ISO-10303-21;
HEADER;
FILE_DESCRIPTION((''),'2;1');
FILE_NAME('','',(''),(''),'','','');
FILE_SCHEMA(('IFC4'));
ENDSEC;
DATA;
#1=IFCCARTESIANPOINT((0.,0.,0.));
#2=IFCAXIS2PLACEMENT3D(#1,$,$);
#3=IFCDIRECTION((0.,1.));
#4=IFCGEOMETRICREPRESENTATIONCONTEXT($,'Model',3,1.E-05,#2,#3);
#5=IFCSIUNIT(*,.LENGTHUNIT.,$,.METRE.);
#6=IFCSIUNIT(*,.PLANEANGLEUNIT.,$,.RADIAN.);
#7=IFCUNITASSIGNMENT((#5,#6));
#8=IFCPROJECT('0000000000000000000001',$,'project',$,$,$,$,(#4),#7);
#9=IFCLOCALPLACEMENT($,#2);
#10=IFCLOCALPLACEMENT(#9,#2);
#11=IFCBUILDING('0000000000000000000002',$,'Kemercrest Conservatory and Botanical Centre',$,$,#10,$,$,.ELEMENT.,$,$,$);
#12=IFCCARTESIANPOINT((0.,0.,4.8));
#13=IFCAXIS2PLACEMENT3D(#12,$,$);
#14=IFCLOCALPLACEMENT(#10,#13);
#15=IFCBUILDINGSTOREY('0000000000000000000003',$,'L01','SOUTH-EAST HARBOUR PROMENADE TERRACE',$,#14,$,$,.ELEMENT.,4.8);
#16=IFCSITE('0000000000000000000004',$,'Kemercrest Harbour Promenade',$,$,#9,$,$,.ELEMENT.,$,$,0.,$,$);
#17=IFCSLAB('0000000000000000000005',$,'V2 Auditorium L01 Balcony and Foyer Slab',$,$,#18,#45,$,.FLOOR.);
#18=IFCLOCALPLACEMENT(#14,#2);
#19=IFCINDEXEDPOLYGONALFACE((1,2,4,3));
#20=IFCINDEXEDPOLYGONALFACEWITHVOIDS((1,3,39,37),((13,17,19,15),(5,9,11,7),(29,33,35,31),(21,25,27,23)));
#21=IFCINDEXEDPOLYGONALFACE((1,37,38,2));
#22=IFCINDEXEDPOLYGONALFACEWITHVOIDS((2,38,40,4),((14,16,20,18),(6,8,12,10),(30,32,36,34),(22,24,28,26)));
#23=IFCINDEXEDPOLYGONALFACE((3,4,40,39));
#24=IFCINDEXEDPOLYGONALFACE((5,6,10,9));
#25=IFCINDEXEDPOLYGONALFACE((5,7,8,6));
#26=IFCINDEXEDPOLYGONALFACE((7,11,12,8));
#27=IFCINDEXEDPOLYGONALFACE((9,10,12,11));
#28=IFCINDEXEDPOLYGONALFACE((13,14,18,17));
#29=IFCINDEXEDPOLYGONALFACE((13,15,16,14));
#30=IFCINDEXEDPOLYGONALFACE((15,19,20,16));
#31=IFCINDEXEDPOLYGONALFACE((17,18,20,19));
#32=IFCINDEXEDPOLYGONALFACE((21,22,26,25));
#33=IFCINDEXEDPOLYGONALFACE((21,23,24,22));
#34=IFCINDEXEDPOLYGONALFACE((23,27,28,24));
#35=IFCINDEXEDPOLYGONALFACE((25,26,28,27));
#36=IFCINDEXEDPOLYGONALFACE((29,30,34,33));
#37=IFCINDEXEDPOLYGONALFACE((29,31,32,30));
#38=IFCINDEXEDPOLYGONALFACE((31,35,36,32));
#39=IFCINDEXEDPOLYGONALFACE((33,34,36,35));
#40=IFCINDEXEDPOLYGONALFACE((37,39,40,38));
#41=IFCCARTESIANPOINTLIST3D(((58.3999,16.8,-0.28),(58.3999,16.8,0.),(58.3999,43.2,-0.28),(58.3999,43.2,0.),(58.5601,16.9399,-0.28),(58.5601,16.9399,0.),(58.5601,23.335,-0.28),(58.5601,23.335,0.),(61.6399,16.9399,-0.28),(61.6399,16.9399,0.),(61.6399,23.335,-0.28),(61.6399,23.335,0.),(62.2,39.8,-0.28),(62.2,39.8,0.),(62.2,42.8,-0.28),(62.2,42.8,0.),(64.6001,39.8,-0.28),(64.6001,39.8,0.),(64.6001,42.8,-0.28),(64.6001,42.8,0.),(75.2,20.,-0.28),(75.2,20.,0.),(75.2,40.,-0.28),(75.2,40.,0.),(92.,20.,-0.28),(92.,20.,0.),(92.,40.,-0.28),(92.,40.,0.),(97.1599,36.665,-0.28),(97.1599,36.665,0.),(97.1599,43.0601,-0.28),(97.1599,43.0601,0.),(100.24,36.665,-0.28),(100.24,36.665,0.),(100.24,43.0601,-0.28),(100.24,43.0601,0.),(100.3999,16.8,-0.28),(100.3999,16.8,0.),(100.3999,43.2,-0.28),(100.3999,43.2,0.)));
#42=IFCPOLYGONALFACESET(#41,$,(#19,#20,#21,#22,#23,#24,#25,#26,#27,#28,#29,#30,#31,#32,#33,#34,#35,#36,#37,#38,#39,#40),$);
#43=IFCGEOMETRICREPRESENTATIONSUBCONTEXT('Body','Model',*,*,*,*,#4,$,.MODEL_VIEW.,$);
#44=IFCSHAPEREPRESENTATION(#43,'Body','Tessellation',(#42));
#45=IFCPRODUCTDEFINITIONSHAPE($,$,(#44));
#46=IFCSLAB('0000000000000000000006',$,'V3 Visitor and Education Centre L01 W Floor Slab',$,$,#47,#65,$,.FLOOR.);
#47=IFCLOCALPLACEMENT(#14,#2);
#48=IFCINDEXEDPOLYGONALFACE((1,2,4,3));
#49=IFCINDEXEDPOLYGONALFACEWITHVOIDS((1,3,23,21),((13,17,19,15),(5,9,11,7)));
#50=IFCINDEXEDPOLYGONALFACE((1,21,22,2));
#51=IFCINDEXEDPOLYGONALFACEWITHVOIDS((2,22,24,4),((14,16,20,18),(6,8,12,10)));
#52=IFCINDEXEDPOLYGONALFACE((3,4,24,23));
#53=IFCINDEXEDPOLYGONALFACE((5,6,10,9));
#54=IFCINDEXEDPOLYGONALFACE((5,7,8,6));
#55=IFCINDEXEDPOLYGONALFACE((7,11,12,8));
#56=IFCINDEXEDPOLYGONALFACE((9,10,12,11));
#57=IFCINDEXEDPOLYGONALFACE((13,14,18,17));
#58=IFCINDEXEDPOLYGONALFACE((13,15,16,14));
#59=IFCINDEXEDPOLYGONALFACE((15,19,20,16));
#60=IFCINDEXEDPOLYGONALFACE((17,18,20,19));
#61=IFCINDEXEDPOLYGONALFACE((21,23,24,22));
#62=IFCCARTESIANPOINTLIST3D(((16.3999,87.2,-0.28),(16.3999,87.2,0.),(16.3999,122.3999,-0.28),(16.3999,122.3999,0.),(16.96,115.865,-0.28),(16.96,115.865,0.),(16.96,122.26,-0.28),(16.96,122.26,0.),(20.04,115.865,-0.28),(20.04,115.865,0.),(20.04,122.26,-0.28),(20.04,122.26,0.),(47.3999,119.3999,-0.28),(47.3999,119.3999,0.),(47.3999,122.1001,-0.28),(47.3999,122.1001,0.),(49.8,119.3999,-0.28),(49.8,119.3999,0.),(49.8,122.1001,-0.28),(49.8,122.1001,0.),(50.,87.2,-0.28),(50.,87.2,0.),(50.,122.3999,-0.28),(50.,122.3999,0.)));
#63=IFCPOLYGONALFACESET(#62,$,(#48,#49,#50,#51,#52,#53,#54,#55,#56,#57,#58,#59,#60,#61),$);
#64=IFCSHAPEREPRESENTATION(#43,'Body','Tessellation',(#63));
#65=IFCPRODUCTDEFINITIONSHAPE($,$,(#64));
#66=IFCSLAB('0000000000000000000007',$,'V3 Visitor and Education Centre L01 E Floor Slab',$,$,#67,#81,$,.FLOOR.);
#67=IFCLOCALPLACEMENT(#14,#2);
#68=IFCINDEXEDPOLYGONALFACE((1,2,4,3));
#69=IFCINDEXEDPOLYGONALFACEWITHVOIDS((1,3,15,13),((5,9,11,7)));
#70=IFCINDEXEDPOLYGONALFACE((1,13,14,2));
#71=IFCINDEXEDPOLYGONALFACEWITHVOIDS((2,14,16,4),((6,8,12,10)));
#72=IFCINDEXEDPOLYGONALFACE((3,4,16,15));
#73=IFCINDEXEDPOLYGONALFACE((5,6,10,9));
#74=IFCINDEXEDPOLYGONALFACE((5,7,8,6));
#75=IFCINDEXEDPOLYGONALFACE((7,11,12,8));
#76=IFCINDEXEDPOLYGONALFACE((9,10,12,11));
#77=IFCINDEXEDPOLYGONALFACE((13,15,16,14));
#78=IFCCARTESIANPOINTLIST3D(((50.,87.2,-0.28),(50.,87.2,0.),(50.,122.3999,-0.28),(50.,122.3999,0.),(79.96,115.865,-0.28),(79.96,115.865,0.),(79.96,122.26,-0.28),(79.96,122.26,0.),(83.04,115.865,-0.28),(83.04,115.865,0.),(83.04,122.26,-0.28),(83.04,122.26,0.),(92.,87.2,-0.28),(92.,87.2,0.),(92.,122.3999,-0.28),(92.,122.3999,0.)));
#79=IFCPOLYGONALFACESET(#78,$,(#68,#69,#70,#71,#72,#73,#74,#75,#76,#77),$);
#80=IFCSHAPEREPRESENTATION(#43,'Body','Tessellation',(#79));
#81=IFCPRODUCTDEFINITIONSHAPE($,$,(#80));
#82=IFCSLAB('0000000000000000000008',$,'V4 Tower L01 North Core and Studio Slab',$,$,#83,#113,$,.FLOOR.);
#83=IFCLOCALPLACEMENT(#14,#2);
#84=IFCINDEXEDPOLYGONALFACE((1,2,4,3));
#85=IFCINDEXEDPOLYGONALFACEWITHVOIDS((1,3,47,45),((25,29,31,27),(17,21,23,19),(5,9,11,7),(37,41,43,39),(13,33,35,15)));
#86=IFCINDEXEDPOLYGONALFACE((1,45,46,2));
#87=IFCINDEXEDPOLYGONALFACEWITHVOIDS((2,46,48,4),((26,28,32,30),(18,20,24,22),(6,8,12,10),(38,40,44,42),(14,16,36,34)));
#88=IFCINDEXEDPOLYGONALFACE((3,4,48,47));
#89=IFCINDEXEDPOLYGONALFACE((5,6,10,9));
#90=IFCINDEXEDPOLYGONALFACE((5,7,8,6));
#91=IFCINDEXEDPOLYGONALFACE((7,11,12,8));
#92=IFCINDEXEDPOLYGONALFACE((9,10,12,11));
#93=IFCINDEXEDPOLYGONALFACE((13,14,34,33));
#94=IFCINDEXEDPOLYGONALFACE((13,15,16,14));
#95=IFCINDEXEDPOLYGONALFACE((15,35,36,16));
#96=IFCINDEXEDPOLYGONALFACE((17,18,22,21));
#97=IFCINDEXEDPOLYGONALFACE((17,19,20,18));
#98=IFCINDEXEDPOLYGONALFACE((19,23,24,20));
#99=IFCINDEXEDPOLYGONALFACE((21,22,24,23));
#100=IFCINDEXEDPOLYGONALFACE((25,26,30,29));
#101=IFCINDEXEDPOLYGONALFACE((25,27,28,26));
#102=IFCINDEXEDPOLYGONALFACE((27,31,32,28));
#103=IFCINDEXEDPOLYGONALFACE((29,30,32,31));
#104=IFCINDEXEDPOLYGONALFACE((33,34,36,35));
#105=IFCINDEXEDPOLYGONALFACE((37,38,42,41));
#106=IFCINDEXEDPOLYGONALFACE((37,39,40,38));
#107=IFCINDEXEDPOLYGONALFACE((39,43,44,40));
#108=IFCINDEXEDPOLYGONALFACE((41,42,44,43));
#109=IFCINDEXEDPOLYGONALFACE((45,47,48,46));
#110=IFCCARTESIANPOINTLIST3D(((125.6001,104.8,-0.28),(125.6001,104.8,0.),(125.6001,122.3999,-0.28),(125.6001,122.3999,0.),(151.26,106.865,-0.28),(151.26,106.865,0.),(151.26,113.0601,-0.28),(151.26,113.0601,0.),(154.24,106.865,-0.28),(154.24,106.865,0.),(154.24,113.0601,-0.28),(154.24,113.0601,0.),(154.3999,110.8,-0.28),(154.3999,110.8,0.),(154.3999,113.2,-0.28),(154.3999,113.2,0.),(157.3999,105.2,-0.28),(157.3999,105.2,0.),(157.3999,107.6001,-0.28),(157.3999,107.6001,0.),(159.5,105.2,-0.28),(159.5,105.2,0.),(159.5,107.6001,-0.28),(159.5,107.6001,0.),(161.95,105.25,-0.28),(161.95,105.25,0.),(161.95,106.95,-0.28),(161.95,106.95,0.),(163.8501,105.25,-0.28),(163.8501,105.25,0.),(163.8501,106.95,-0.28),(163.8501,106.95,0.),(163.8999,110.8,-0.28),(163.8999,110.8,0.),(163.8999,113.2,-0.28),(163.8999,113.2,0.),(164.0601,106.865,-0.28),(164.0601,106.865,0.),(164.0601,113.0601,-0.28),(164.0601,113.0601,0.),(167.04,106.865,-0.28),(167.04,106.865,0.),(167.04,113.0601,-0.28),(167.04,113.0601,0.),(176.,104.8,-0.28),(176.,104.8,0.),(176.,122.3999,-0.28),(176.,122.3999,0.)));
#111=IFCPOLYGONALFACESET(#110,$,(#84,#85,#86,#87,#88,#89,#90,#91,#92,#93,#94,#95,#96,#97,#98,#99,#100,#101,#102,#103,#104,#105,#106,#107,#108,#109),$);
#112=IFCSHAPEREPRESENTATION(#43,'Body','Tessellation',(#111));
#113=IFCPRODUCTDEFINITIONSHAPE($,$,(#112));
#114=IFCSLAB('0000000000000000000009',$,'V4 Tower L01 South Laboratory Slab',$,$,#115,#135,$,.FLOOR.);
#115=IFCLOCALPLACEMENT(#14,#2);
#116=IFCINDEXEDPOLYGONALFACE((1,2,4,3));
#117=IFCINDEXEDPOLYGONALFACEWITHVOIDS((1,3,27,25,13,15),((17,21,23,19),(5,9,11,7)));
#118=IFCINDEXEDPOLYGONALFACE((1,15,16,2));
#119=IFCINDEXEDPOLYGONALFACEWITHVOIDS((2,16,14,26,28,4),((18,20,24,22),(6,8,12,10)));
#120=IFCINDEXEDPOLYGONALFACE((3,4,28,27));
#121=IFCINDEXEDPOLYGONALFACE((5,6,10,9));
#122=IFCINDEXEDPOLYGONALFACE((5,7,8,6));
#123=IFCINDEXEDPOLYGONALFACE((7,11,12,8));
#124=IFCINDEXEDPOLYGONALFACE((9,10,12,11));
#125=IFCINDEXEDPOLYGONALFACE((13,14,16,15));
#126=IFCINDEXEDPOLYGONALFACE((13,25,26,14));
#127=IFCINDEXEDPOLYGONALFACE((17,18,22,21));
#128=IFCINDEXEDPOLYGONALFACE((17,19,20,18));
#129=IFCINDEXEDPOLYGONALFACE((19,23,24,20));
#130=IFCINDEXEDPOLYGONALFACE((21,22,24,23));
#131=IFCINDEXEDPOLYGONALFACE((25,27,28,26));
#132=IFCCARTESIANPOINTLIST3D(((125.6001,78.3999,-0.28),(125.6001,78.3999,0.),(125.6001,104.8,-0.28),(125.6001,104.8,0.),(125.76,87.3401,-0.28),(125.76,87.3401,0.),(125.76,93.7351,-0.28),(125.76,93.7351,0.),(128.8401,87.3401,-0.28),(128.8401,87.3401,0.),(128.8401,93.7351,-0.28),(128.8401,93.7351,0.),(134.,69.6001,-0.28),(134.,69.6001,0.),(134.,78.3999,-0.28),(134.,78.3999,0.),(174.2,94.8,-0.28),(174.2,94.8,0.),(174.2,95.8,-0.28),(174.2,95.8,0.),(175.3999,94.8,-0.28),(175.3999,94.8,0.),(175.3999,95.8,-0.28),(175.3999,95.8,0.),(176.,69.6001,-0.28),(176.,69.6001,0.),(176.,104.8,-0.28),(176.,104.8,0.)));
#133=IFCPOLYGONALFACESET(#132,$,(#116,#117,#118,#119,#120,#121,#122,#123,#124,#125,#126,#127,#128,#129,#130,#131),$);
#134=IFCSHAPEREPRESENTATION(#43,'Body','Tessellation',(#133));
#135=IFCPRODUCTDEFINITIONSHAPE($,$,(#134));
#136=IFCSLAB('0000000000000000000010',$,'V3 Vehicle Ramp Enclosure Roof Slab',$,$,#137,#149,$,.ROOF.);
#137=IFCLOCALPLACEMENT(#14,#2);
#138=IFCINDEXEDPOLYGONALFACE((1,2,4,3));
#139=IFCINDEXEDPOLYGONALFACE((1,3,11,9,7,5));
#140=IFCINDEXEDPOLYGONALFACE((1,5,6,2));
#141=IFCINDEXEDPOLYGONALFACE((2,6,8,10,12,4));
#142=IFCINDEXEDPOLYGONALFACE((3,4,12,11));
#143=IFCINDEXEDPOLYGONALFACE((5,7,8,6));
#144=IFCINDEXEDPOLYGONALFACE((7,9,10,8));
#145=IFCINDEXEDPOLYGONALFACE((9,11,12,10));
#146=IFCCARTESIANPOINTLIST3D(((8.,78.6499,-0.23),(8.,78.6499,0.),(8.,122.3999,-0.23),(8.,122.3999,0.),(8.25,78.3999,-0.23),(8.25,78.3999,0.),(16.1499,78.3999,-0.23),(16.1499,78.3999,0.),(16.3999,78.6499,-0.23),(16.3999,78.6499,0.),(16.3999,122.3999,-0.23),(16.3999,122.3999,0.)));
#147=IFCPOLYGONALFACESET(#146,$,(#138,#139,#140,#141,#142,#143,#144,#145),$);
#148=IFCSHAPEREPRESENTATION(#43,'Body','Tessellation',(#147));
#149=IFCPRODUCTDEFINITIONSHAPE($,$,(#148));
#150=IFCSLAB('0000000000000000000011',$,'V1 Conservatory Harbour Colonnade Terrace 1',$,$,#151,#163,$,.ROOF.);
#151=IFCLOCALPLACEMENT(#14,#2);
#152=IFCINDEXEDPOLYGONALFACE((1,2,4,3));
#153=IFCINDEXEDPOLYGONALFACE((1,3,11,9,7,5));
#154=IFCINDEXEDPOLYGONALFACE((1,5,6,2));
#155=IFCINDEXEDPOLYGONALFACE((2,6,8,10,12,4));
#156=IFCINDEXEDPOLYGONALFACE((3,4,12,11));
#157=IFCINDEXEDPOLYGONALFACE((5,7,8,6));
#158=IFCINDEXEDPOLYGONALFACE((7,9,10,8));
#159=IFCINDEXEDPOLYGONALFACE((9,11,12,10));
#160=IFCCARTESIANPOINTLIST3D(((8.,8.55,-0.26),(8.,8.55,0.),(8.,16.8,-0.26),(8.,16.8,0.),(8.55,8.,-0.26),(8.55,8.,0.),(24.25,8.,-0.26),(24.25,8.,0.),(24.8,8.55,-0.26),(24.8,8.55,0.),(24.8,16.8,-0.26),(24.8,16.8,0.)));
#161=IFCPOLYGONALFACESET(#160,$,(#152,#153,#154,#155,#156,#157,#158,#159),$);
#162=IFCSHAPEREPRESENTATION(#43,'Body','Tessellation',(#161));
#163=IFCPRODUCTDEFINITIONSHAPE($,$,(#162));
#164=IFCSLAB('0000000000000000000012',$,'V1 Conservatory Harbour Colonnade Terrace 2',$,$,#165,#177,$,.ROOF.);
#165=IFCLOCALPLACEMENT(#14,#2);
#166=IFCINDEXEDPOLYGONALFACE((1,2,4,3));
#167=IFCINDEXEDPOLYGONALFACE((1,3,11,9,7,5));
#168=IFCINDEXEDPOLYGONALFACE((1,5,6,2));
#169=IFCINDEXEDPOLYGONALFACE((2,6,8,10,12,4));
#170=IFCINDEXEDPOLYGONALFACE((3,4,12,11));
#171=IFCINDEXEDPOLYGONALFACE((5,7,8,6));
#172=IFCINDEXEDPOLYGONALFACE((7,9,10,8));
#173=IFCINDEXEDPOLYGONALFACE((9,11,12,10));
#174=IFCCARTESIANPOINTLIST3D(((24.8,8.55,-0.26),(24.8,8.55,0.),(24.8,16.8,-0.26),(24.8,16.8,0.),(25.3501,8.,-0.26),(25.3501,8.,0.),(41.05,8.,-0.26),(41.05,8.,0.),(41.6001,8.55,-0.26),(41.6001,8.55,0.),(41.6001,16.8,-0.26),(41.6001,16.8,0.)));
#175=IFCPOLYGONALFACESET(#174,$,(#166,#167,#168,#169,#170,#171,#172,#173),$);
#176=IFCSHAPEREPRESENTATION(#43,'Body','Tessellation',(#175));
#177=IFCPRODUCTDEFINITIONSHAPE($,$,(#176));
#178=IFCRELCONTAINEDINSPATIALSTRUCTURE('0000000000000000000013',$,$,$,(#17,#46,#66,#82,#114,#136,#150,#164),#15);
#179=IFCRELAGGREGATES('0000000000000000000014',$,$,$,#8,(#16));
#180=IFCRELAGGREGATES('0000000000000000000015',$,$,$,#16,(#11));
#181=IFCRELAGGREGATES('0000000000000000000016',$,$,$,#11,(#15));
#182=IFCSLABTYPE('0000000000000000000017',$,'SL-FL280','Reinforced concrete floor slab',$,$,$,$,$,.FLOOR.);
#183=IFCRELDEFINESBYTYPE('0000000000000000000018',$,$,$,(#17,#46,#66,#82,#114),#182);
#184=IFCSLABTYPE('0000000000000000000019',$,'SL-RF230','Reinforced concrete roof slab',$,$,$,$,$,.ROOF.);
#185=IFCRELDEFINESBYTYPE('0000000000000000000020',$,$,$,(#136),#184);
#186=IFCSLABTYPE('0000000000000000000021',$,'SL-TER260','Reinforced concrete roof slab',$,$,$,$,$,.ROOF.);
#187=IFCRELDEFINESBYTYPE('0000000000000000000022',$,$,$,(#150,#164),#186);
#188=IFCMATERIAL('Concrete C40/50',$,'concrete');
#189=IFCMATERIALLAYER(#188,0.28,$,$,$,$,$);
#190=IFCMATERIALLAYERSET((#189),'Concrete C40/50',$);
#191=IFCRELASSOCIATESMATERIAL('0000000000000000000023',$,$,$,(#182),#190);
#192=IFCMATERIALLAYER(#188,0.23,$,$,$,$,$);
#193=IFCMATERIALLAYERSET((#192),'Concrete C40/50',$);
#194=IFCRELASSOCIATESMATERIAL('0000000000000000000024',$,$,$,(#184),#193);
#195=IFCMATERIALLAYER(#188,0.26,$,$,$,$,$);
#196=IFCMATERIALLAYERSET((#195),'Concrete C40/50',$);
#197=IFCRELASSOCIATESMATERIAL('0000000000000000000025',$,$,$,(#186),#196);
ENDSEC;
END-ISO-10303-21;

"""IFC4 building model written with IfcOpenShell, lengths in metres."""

from ifc_helpers import new_model, si_unit, direction, frame, origin, place, context, subcontext, project, spatial, polyline, outline, extrude, material, layer, layer_set, type_object, element, save


model = new_model("IFC4")

# Units and contexts
model_context = context("Model", 3, precision=1e-05, world=origin(), true_north=direction((0.0, 1.0)))
body_context = subcontext(model_context, "Body", "Model", "MODEL_VIEW")
ifc_project = project(units=[si_unit("LENGTHUNIT", "METRE"), si_unit("PLANEANGLEUNIT", "RADIAN")], contexts=[model_context])

# Site, building, storey
site_placement = place(None, origin())
site = spatial("IfcSite", under=ifc_project, at=site_placement, Name="Kemercrest Harbour Promenade", CompositionType="ELEMENT", RefElevation=0.0)
building_placement = place(site_placement, origin())
building = spatial("IfcBuilding", under=site, at=building_placement, Name="Kemercrest Conservatory and Botanical Centre", CompositionType="ELEMENT")
storey_placement = place(building_placement, frame((0.0, 0.0, 4.8)))
storey = spatial("IfcBuildingStorey", under=building, at=storey_placement, Name="L01", Description="SOUTH-EAST HARBOUR PROMENADE TERRACE", CompositionType="ELEMENT", Elevation=4.8)

# Slabs
ifc_material = material(Name="Concrete C40/50", Category="concrete")
ifc_layer_1 = layer(ifc_material, 0.28)
ifc_layer_set_1 = layer_set([ifc_layer_1], Name="Concrete C40/50")
slab_type_1 = type_object("IfcSlabType", Name="SL-FL280", Description="Reinforced concrete floor slab", PredefinedType="FLOOR", material=ifc_layer_set_1)
slab_1_placement = place(storey_placement, frame((0.0, 0.0, -0.28)))
element("IfcSlab", 1, at=slab_1_placement, inside=storey, type_object=slab_type_1, Name="V2 Auditorium L01 Balcony and Foyer Slab", PredefinedType="FLOOR", context=body_context, shape_type="SweptSolid", body=[
    extrude(outline(polyline([(58.3999, 43.2), (58.3999, 16.8), (100.3999, 16.8), (100.3999, 43.2), (58.3999, 43.2)]), holes=[polyline([(100.24, 43.0601), (100.24, 36.665), (97.1599, 36.665), (97.1599, 43.0601), (100.24, 43.0601)]), polyline([(92.0, 20.0), (75.2, 20.0), (75.2, 40.0), (92.0, 40.0), (92.0, 20.0)]), polyline([(64.6001, 39.8), (62.2, 39.8), (62.2, 42.8), (64.6001, 42.8), (64.6001, 39.8)]), polyline([(58.5601, 16.9399), (58.5601, 23.335), (61.6399, 23.335), (61.6399, 16.9399), (58.5601, 16.9399)])]), origin(), (0.0, 0.0, 1.0), 0.28),
])
slab_2_placement = place(storey_placement, frame((0.0, 0.0, -0.28)))
element("IfcSlab", 2, at=slab_2_placement, inside=storey, type_object=slab_type_1, Name="V3 Visitor and Education Centre L01 W Floor Slab", PredefinedType="FLOOR", context=body_context, shape_type="SweptSolid", body=[
    extrude(outline(polyline([(16.3999, 122.3999), (16.3999, 87.2), (50.0, 87.2), (50.0, 122.3999), (16.3999, 122.3999)]), holes=[polyline([(47.3999, 122.1001), (49.8, 122.1001), (49.8, 119.3999), (47.3999, 119.3999), (47.3999, 122.1001)]), polyline([(16.96, 115.865), (16.96, 122.26), (20.04, 122.26), (20.04, 115.865), (16.96, 115.865)])]), origin(), (0.0, 0.0, 1.0), 0.28),
])
slab_3_placement = place(storey_placement, frame((0.0, 0.0, -0.28)))
element("IfcSlab", 3, at=slab_3_placement, inside=storey, type_object=slab_type_1, Name="V3 Visitor and Education Centre L01 E Floor Slab", PredefinedType="FLOOR", context=body_context, shape_type="SweptSolid", body=[
    extrude(outline(polyline([(50.0, 122.3999), (50.0, 87.2), (92.0, 87.2), (92.0, 122.3999), (50.0, 122.3999)]), holes=[polyline([(83.04, 122.26), (83.04, 115.865), (79.96, 115.865), (79.96, 122.26), (83.04, 122.26)])]), origin(), (0.0, 0.0, 1.0), 0.28),
])
slab_4_placement = place(storey_placement, frame((0.0, 0.0, -0.28)))
element("IfcSlab", 4, at=slab_4_placement, inside=storey, type_object=slab_type_1, Name="V4 Tower L01 North Core and Studio Slab", PredefinedType="FLOOR", context=body_context, shape_type="SweptSolid", body=[
    extrude(outline(polyline([(125.6001, 122.3999), (125.6001, 104.8), (176.0, 104.8), (176.0, 122.3999), (125.6001, 122.3999)]), holes=[polyline([(164.0601, 106.865), (164.0601, 113.0601), (167.04, 113.0601), (167.04, 106.865), (164.0601, 106.865)]), polyline([(154.3999, 110.8), (154.3999, 113.2), (163.8999, 113.2), (163.8999, 110.8), (154.3999, 110.8)]), polyline([(161.95, 105.25), (161.95, 106.95), (163.8501, 106.95), (163.8501, 105.25), (161.95, 105.25)]), polyline([(157.3999, 105.2), (157.3999, 107.6001), (159.5, 107.6001), (159.5, 105.2), (157.3999, 105.2)]), polyline([(154.24, 106.865), (151.26, 106.865), (151.26, 113.0601), (154.24, 113.0601), (154.24, 106.865)])]), origin(), (0.0, 0.0, 1.0), 0.28),
])
slab_5_placement = place(storey_placement, frame((0.0, 0.0, -0.28)))
element("IfcSlab", 5, at=slab_5_placement, inside=storey, type_object=slab_type_1, Name="V4 Tower L01 South Laboratory Slab", PredefinedType="FLOOR", context=body_context, shape_type="SweptSolid", body=[
    extrude(outline(polyline([(134.0, 78.3999), (134.0, 69.6001), (176.0, 69.6001), (176.0, 104.8), (125.6001, 104.8), (125.6001, 78.3999), (134.0, 78.3999)]), holes=[polyline([(174.2, 95.8), (175.3999, 95.8), (175.3999, 94.8), (174.2, 94.8), (174.2, 95.8)]), polyline([(128.8401, 93.7351), (128.8401, 87.3401), (125.76, 87.3401), (125.76, 93.7351), (128.8401, 93.7351)])]), origin(), (0.0, 0.0, 1.0), 0.28),
])
ifc_layer_2 = layer(ifc_material, 0.23)
ifc_layer_set_2 = layer_set([ifc_layer_2], Name="Concrete C40/50")
slab_type_2 = type_object("IfcSlabType", Name="SL-RF230", Description="Reinforced concrete roof slab", PredefinedType="ROOF", material=ifc_layer_set_2)
slab_6_placement = place(storey_placement, frame((0.0, 0.0, -0.23)))
element("IfcSlab", 6, at=slab_6_placement, inside=storey, type_object=slab_type_2, Name="V3 Vehicle Ramp Enclosure Roof Slab", PredefinedType="ROOF", context=body_context, shape_type="SweptSolid", body=[
    extrude(outline(polyline([(8.25, 78.3999), (16.1499, 78.3999), (16.3999, 78.6499), (16.3999, 122.3999), (8.0, 122.3999), (8.0, 78.6499), (8.25, 78.3999)])), origin(), (0.0, 0.0, 1.0), 0.23),
])
ifc_layer_3 = layer(ifc_material, 0.26)
ifc_layer_set_3 = layer_set([ifc_layer_3], Name="Concrete C40/50")
slab_type_3 = type_object("IfcSlabType", Name="SL-TER260", Description="Reinforced concrete roof slab", PredefinedType="ROOF", material=ifc_layer_set_3)
slab_7_placement = place(storey_placement, frame((0.0, 0.0, -0.26)))
element("IfcSlab", 7, at=slab_7_placement, inside=storey, type_object=slab_type_3, Name="V1 Conservatory Harbour Colonnade Terrace 1", PredefinedType="ROOF", context=body_context, shape_type="SweptSolid", body=[
    extrude(outline(polyline([(8.55, 8.0), (24.25, 8.0), (24.8, 8.55), (24.8, 16.8), (8.0, 16.8), (8.0, 8.55), (8.55, 8.0)])), origin(), (0.0, 0.0, 1.0), 0.26),
])
slab_8_placement = place(storey_placement, frame((0.0, 0.0, -0.26)))
element("IfcSlab", 8, at=slab_8_placement, inside=storey, type_object=slab_type_3, Name="V1 Conservatory Harbour Colonnade Terrace 2", PredefinedType="ROOF", context=body_context, shape_type="SweptSolid", body=[
    extrude(outline(polyline([(25.3501, 8.0), (41.05, 8.0), (41.6001, 8.55), (41.6001, 16.8), (24.8, 16.8), (24.8, 8.55), (25.3501, 8.0)])), origin(), (0.0, 0.0, 1.0), 0.26),
])

save(model, "model.ifc")
